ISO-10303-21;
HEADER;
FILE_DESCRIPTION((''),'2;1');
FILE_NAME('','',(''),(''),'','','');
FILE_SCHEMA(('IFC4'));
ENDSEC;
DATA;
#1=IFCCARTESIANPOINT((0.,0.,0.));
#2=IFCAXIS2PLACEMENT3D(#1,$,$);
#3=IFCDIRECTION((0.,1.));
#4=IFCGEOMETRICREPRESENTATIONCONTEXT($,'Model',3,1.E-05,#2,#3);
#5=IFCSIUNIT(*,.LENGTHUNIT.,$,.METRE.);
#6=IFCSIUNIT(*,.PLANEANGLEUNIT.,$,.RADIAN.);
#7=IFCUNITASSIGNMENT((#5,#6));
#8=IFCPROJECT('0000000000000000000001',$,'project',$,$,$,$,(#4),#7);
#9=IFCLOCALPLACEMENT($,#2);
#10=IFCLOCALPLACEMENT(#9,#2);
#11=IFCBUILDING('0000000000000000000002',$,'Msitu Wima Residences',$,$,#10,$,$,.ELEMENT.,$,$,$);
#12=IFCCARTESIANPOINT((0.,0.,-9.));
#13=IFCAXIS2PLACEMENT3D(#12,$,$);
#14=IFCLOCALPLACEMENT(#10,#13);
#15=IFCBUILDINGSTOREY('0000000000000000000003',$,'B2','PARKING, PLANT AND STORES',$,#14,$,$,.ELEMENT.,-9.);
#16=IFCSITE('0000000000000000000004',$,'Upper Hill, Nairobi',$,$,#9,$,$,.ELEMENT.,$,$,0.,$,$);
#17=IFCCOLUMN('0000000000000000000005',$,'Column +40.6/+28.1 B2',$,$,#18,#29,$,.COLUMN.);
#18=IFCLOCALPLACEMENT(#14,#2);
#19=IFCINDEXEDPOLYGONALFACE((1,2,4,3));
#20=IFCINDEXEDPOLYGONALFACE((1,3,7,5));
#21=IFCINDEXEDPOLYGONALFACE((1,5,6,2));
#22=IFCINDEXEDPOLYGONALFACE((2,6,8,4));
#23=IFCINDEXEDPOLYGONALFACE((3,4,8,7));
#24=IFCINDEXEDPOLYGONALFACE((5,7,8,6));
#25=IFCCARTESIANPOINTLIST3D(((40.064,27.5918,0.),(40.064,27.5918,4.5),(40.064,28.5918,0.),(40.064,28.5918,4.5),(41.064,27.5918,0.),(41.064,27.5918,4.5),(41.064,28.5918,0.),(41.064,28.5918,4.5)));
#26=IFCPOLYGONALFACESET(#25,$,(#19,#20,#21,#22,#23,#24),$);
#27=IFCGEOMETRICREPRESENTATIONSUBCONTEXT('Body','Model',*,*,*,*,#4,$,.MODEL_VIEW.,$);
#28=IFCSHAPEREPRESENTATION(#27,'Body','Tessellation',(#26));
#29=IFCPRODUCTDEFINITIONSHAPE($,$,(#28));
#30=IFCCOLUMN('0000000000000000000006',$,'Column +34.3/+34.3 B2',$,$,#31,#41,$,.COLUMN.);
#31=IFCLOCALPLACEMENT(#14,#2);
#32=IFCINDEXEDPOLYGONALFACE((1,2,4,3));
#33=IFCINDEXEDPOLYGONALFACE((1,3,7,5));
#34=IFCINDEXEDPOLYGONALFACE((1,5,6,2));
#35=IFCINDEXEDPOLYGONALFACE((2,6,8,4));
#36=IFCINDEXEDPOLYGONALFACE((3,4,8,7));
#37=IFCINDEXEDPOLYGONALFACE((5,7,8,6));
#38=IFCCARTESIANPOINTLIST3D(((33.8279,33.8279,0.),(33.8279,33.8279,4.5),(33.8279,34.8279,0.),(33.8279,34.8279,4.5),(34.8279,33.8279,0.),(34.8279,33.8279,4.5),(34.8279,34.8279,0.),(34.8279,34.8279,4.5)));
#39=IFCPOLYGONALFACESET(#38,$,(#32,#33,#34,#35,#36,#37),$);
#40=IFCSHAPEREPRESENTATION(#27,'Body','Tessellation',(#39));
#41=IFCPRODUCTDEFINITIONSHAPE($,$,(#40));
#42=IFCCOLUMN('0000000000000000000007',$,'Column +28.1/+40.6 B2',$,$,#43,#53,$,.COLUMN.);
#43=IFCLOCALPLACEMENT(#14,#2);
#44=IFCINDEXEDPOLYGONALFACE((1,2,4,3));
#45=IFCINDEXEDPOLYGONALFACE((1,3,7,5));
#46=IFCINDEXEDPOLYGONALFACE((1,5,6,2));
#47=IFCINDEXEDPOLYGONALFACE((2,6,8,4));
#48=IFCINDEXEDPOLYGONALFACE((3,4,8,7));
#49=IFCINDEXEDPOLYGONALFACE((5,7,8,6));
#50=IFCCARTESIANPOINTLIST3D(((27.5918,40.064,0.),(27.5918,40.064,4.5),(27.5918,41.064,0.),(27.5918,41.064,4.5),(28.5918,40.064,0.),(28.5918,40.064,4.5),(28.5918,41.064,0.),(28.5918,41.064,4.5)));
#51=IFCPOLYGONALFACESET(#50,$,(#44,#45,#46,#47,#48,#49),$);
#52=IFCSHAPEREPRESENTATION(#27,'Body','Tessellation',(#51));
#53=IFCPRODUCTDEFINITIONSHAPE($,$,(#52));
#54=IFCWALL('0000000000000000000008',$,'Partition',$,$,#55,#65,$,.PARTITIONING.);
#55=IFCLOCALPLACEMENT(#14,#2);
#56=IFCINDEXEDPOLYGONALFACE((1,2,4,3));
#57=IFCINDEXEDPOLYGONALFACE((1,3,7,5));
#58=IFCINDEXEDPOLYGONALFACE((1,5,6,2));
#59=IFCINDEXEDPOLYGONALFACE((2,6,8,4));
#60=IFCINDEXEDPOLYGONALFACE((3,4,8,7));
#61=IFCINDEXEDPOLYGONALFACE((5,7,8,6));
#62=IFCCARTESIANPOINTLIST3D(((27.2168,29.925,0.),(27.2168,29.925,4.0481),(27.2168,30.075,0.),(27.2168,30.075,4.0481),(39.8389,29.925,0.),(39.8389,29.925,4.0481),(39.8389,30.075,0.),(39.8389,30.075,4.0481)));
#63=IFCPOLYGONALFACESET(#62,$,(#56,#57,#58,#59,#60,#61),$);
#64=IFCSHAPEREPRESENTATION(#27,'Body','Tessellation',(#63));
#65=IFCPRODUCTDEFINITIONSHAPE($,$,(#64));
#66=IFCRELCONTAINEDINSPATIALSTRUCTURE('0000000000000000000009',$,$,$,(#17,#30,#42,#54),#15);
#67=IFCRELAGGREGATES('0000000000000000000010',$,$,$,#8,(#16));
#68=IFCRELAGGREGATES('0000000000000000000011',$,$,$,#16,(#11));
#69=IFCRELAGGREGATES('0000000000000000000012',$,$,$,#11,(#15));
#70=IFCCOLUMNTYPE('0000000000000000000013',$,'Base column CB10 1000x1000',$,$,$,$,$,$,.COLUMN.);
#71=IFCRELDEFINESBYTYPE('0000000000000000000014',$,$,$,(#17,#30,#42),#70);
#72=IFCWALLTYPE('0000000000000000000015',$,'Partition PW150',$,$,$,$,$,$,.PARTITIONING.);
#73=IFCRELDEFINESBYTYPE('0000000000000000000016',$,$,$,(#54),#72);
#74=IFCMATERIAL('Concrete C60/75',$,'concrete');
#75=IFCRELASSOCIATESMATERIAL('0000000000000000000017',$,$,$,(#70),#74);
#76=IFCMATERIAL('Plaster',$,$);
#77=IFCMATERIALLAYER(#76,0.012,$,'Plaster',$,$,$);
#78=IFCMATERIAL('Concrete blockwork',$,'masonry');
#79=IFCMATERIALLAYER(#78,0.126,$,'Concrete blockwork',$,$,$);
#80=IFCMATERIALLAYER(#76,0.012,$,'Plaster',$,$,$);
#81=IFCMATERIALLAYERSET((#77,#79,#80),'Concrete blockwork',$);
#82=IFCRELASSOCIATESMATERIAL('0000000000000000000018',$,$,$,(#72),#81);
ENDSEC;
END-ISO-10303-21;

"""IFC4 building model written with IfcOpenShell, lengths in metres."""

from ifc_helpers import new_model, si_unit, direction, frame, frame_2d, origin, origin_2d, place, context, subcontext, project, spatial, rectangle, extrude, material, layer, layer_set, material_profile, profile_set, type_object, element, save


model = new_model("IFC4")

# Units and contexts
model_context = context("Model", 3, precision=1e-05, world=origin(), true_north=direction((0.0, 1.0)))
body_context = subcontext(model_context, "Body", "Model", "MODEL_VIEW")
ifc_project = project(units=[si_unit("LENGTHUNIT", "METRE"), si_unit("PLANEANGLEUNIT", "RADIAN")], contexts=[model_context])

# Site, building, storey
site_placement = place(None, origin())
site = spatial("IfcSite", under=ifc_project, at=site_placement, Name="Upper Hill, Nairobi", CompositionType="ELEMENT", RefElevation=0.0)
building_placement = place(site_placement, origin())
building = spatial("IfcBuilding", under=site, at=building_placement, Name="Msitu Wima Residences", CompositionType="ELEMENT")
storey_placement = place(building_placement, frame((0.0, 0.0, -9.0)))
storey = spatial("IfcBuildingStorey", under=building, at=storey_placement, Name="B2", Description="PARKING, PLANT AND STORES", CompositionType="ELEMENT", Elevation=-9.0)

# Columns
ifc_material_1 = material(Name="Concrete C60/75", Category="concrete")
ifc_material_profile = material_profile(ifc_material_1, rectangle(XDim=1.0, YDim=1.0, at=origin_2d()), Name="RC 1000x1000")
ifc_profile_set = profile_set([ifc_material_profile], Name="Concrete C60/75")
column_type = type_object("IfcColumnType", Name="Base column CB10 1000x1000", PredefinedType="COLUMN", material=ifc_profile_set)
for number, where, z_axis, x_axis, name in (
    (1, (40.564, 28.0918, 0.0), (0.0, 0.0, 1.0), (1.0, 0.0, 0.0), "Column +40.6/+28.1 B2"),
    (2, (34.3279, 34.3279, 0.0), (0.0, 0.0, 1.0), (1.0, 0.0, 0.0), "Column +34.3/+34.3 B2"),
    (3, (28.0918, 40.564, 0.0), (0.0, 0.0, 1.0), (1.0, 0.0, 0.0), "Column +28.1/+40.6 B2"),
):
    element("IfcColumn", number, at=place(storey_placement, frame(where, z_axis=z_axis, x_axis=x_axis)), inside=storey, type_object=column_type, Name=name, PredefinedType="COLUMN", context=body_context, shape_type="SweptSolid", body=[
        extrude(rectangle(XDim=1.0, YDim=1.0, at=origin_2d()), origin(), (0.0, 0.0, 1.0), 4.5),
    ])

# Wall
ifc_material_2 = material(Name="Plaster")
ifc_layer_1 = layer(ifc_material_2, 0.012, Name="Plaster")
ifc_material_3 = material(Name="Concrete blockwork", Category="masonry")
ifc_layer_2 = layer(ifc_material_3, 0.126, Name="Concrete blockwork")
ifc_layer_3 = layer(ifc_material_2, 0.012, Name="Plaster")
ifc_layer_set = layer_set([ifc_layer_1, ifc_layer_2, ifc_layer_3], Name="Concrete blockwork")
wall_type = type_object("IfcWallType", Name="Partition PW150", PredefinedType="PARTITIONING", material=ifc_layer_set)
wall_placement = place(storey_placement, frame((27.2168, 30.0, 0.0), z_axis=(0.0, 0.0, 1.0), x_axis=(1.0, 0.0, 0.0)))
element("IfcWall", 4, at=wall_placement, inside=storey, type_object=wall_type, Name="Partition", PredefinedType="PARTITIONING", context=body_context, shape_type="SweptSolid", body=[
    extrude(rectangle(XDim=12.6221, YDim=0.1499, at=frame_2d((6.311, 0.0))), origin(), (0.0, 0.0, 1.0), 4.0481),
])

save(model, "model.ifc")
